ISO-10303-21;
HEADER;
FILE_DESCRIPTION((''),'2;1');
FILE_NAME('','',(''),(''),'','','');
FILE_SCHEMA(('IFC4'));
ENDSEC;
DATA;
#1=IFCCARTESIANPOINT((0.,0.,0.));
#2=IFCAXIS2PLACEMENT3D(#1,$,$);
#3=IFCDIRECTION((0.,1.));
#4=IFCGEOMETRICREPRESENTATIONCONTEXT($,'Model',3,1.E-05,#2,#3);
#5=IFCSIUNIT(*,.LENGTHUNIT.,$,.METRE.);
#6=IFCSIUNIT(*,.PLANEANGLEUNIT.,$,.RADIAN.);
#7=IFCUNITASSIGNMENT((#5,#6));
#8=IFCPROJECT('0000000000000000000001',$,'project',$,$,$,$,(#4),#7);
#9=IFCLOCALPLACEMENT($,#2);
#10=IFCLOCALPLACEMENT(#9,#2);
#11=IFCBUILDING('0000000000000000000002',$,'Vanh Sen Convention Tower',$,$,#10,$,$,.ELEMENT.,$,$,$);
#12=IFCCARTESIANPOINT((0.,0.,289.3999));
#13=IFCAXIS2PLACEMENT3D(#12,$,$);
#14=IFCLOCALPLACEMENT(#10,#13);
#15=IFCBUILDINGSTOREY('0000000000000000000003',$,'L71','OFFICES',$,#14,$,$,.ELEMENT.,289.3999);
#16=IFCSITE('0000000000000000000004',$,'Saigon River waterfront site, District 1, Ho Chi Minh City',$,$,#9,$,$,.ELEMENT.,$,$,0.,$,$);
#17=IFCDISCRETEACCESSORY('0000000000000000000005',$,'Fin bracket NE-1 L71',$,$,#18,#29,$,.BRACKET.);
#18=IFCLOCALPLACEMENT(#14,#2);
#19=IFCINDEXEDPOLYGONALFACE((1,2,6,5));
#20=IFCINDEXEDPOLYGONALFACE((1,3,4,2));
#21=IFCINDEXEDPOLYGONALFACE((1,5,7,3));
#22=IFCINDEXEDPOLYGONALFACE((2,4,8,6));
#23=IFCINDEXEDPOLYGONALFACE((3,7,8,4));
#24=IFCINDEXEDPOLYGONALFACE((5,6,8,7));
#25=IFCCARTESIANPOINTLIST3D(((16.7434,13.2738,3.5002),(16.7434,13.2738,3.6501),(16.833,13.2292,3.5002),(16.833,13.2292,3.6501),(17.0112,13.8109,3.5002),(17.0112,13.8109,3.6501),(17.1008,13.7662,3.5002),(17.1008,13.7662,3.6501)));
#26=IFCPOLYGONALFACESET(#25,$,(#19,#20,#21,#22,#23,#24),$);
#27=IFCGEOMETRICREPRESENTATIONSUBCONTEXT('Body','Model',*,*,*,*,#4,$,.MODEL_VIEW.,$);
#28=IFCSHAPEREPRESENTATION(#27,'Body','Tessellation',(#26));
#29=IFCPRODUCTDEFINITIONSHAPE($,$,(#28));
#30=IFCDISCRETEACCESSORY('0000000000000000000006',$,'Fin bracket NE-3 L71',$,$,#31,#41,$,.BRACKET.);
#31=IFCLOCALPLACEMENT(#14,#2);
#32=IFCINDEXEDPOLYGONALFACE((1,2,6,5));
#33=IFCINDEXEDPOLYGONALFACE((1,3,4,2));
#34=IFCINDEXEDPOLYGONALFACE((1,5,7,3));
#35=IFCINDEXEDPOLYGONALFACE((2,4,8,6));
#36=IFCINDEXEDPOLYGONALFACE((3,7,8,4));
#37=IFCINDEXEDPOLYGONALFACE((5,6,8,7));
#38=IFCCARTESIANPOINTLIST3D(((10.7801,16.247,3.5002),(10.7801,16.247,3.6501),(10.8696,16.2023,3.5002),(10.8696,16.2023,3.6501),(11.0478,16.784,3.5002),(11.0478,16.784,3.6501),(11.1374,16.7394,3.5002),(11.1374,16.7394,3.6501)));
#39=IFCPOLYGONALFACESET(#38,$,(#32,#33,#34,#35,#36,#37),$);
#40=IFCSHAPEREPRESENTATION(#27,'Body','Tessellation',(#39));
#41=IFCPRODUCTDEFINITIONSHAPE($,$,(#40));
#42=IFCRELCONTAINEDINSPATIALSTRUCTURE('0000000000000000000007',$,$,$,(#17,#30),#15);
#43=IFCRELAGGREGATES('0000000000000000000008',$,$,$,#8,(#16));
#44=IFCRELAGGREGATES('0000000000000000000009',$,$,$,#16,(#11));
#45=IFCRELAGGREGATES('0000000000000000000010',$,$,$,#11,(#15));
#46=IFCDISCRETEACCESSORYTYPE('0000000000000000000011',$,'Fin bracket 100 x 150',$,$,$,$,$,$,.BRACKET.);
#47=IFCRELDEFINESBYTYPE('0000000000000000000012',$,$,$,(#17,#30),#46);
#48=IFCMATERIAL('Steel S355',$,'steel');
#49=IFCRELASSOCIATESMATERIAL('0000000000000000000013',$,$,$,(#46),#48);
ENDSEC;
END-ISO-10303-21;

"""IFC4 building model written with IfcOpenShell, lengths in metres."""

from ifc_helpers import new_model, si_unit, direction, frame, origin, origin_2d, place, context, subcontext, project, spatial, rectangle, extrude, material, type_object, element, save


model = new_model("IFC4")

# Units and contexts
model_context = context("Model", 3, precision=1e-05, world=origin(), true_north=direction((0.0, 1.0)))
body_context = subcontext(model_context, "Body", "Model", "MODEL_VIEW")
ifc_project = project(units=[si_unit("LENGTHUNIT", "METRE"), si_unit("PLANEANGLEUNIT", "RADIAN")], contexts=[model_context])

# Site, building, storey
site_placement = place(None, origin())
site = spatial("IfcSite", under=ifc_project, at=site_placement, Name="Saigon River waterfront site, District 1, Ho Chi Minh City", CompositionType="ELEMENT", RefElevation=0.0)
building_placement = place(site_placement, origin())
building = spatial("IfcBuilding", under=site, at=building_placement, Name="Vanh Sen Convention Tower", CompositionType="ELEMENT")
storey_placement = place(building_placement, frame((0.0, 0.0, 289.3999)))
storey = spatial("IfcBuildingStorey", under=building, at=storey_placement, Name="L71", Description="OFFICES", CompositionType="ELEMENT", Elevation=289.3999)

# Discrete accessories
ifc_material_1 = material(Name="Steel S355", Category="steel")
discrete_accessory_type = type_object("IfcDiscreteAccessoryType", Name="Fin bracket 100 x 150", PredefinedType="BRACKET", material=ifc_material_1)
for number, where, z_axis, x_axis, name in (
    (1, (16.9221, 13.52, 3.5002), (0.0, 0.0, 1.0), (0.446198, 0.894934, 0.0), "Fin bracket NE-1 L71"),
    (2, (10.9587, 16.4932, 3.5002), (0.0, 0.0, 1.0), (0.446198, 0.894934, 0.0), "Fin bracket NE-3 L71"),
):
    element("IfcDiscreteAccessory", number, at=place(storey_placement, frame(where, z_axis=z_axis, x_axis=x_axis)), inside=storey, type_object=discrete_accessory_type, Name=name, PredefinedType="BRACKET", context=body_context, shape_type="SweptSolid", body=[
        extrude(rectangle(XDim=0.6001, YDim=0.1001, at=origin_2d()), origin(), (0.0, 0.0, 1.0), 0.1499),
    ])

save(model, "model.ifc")
